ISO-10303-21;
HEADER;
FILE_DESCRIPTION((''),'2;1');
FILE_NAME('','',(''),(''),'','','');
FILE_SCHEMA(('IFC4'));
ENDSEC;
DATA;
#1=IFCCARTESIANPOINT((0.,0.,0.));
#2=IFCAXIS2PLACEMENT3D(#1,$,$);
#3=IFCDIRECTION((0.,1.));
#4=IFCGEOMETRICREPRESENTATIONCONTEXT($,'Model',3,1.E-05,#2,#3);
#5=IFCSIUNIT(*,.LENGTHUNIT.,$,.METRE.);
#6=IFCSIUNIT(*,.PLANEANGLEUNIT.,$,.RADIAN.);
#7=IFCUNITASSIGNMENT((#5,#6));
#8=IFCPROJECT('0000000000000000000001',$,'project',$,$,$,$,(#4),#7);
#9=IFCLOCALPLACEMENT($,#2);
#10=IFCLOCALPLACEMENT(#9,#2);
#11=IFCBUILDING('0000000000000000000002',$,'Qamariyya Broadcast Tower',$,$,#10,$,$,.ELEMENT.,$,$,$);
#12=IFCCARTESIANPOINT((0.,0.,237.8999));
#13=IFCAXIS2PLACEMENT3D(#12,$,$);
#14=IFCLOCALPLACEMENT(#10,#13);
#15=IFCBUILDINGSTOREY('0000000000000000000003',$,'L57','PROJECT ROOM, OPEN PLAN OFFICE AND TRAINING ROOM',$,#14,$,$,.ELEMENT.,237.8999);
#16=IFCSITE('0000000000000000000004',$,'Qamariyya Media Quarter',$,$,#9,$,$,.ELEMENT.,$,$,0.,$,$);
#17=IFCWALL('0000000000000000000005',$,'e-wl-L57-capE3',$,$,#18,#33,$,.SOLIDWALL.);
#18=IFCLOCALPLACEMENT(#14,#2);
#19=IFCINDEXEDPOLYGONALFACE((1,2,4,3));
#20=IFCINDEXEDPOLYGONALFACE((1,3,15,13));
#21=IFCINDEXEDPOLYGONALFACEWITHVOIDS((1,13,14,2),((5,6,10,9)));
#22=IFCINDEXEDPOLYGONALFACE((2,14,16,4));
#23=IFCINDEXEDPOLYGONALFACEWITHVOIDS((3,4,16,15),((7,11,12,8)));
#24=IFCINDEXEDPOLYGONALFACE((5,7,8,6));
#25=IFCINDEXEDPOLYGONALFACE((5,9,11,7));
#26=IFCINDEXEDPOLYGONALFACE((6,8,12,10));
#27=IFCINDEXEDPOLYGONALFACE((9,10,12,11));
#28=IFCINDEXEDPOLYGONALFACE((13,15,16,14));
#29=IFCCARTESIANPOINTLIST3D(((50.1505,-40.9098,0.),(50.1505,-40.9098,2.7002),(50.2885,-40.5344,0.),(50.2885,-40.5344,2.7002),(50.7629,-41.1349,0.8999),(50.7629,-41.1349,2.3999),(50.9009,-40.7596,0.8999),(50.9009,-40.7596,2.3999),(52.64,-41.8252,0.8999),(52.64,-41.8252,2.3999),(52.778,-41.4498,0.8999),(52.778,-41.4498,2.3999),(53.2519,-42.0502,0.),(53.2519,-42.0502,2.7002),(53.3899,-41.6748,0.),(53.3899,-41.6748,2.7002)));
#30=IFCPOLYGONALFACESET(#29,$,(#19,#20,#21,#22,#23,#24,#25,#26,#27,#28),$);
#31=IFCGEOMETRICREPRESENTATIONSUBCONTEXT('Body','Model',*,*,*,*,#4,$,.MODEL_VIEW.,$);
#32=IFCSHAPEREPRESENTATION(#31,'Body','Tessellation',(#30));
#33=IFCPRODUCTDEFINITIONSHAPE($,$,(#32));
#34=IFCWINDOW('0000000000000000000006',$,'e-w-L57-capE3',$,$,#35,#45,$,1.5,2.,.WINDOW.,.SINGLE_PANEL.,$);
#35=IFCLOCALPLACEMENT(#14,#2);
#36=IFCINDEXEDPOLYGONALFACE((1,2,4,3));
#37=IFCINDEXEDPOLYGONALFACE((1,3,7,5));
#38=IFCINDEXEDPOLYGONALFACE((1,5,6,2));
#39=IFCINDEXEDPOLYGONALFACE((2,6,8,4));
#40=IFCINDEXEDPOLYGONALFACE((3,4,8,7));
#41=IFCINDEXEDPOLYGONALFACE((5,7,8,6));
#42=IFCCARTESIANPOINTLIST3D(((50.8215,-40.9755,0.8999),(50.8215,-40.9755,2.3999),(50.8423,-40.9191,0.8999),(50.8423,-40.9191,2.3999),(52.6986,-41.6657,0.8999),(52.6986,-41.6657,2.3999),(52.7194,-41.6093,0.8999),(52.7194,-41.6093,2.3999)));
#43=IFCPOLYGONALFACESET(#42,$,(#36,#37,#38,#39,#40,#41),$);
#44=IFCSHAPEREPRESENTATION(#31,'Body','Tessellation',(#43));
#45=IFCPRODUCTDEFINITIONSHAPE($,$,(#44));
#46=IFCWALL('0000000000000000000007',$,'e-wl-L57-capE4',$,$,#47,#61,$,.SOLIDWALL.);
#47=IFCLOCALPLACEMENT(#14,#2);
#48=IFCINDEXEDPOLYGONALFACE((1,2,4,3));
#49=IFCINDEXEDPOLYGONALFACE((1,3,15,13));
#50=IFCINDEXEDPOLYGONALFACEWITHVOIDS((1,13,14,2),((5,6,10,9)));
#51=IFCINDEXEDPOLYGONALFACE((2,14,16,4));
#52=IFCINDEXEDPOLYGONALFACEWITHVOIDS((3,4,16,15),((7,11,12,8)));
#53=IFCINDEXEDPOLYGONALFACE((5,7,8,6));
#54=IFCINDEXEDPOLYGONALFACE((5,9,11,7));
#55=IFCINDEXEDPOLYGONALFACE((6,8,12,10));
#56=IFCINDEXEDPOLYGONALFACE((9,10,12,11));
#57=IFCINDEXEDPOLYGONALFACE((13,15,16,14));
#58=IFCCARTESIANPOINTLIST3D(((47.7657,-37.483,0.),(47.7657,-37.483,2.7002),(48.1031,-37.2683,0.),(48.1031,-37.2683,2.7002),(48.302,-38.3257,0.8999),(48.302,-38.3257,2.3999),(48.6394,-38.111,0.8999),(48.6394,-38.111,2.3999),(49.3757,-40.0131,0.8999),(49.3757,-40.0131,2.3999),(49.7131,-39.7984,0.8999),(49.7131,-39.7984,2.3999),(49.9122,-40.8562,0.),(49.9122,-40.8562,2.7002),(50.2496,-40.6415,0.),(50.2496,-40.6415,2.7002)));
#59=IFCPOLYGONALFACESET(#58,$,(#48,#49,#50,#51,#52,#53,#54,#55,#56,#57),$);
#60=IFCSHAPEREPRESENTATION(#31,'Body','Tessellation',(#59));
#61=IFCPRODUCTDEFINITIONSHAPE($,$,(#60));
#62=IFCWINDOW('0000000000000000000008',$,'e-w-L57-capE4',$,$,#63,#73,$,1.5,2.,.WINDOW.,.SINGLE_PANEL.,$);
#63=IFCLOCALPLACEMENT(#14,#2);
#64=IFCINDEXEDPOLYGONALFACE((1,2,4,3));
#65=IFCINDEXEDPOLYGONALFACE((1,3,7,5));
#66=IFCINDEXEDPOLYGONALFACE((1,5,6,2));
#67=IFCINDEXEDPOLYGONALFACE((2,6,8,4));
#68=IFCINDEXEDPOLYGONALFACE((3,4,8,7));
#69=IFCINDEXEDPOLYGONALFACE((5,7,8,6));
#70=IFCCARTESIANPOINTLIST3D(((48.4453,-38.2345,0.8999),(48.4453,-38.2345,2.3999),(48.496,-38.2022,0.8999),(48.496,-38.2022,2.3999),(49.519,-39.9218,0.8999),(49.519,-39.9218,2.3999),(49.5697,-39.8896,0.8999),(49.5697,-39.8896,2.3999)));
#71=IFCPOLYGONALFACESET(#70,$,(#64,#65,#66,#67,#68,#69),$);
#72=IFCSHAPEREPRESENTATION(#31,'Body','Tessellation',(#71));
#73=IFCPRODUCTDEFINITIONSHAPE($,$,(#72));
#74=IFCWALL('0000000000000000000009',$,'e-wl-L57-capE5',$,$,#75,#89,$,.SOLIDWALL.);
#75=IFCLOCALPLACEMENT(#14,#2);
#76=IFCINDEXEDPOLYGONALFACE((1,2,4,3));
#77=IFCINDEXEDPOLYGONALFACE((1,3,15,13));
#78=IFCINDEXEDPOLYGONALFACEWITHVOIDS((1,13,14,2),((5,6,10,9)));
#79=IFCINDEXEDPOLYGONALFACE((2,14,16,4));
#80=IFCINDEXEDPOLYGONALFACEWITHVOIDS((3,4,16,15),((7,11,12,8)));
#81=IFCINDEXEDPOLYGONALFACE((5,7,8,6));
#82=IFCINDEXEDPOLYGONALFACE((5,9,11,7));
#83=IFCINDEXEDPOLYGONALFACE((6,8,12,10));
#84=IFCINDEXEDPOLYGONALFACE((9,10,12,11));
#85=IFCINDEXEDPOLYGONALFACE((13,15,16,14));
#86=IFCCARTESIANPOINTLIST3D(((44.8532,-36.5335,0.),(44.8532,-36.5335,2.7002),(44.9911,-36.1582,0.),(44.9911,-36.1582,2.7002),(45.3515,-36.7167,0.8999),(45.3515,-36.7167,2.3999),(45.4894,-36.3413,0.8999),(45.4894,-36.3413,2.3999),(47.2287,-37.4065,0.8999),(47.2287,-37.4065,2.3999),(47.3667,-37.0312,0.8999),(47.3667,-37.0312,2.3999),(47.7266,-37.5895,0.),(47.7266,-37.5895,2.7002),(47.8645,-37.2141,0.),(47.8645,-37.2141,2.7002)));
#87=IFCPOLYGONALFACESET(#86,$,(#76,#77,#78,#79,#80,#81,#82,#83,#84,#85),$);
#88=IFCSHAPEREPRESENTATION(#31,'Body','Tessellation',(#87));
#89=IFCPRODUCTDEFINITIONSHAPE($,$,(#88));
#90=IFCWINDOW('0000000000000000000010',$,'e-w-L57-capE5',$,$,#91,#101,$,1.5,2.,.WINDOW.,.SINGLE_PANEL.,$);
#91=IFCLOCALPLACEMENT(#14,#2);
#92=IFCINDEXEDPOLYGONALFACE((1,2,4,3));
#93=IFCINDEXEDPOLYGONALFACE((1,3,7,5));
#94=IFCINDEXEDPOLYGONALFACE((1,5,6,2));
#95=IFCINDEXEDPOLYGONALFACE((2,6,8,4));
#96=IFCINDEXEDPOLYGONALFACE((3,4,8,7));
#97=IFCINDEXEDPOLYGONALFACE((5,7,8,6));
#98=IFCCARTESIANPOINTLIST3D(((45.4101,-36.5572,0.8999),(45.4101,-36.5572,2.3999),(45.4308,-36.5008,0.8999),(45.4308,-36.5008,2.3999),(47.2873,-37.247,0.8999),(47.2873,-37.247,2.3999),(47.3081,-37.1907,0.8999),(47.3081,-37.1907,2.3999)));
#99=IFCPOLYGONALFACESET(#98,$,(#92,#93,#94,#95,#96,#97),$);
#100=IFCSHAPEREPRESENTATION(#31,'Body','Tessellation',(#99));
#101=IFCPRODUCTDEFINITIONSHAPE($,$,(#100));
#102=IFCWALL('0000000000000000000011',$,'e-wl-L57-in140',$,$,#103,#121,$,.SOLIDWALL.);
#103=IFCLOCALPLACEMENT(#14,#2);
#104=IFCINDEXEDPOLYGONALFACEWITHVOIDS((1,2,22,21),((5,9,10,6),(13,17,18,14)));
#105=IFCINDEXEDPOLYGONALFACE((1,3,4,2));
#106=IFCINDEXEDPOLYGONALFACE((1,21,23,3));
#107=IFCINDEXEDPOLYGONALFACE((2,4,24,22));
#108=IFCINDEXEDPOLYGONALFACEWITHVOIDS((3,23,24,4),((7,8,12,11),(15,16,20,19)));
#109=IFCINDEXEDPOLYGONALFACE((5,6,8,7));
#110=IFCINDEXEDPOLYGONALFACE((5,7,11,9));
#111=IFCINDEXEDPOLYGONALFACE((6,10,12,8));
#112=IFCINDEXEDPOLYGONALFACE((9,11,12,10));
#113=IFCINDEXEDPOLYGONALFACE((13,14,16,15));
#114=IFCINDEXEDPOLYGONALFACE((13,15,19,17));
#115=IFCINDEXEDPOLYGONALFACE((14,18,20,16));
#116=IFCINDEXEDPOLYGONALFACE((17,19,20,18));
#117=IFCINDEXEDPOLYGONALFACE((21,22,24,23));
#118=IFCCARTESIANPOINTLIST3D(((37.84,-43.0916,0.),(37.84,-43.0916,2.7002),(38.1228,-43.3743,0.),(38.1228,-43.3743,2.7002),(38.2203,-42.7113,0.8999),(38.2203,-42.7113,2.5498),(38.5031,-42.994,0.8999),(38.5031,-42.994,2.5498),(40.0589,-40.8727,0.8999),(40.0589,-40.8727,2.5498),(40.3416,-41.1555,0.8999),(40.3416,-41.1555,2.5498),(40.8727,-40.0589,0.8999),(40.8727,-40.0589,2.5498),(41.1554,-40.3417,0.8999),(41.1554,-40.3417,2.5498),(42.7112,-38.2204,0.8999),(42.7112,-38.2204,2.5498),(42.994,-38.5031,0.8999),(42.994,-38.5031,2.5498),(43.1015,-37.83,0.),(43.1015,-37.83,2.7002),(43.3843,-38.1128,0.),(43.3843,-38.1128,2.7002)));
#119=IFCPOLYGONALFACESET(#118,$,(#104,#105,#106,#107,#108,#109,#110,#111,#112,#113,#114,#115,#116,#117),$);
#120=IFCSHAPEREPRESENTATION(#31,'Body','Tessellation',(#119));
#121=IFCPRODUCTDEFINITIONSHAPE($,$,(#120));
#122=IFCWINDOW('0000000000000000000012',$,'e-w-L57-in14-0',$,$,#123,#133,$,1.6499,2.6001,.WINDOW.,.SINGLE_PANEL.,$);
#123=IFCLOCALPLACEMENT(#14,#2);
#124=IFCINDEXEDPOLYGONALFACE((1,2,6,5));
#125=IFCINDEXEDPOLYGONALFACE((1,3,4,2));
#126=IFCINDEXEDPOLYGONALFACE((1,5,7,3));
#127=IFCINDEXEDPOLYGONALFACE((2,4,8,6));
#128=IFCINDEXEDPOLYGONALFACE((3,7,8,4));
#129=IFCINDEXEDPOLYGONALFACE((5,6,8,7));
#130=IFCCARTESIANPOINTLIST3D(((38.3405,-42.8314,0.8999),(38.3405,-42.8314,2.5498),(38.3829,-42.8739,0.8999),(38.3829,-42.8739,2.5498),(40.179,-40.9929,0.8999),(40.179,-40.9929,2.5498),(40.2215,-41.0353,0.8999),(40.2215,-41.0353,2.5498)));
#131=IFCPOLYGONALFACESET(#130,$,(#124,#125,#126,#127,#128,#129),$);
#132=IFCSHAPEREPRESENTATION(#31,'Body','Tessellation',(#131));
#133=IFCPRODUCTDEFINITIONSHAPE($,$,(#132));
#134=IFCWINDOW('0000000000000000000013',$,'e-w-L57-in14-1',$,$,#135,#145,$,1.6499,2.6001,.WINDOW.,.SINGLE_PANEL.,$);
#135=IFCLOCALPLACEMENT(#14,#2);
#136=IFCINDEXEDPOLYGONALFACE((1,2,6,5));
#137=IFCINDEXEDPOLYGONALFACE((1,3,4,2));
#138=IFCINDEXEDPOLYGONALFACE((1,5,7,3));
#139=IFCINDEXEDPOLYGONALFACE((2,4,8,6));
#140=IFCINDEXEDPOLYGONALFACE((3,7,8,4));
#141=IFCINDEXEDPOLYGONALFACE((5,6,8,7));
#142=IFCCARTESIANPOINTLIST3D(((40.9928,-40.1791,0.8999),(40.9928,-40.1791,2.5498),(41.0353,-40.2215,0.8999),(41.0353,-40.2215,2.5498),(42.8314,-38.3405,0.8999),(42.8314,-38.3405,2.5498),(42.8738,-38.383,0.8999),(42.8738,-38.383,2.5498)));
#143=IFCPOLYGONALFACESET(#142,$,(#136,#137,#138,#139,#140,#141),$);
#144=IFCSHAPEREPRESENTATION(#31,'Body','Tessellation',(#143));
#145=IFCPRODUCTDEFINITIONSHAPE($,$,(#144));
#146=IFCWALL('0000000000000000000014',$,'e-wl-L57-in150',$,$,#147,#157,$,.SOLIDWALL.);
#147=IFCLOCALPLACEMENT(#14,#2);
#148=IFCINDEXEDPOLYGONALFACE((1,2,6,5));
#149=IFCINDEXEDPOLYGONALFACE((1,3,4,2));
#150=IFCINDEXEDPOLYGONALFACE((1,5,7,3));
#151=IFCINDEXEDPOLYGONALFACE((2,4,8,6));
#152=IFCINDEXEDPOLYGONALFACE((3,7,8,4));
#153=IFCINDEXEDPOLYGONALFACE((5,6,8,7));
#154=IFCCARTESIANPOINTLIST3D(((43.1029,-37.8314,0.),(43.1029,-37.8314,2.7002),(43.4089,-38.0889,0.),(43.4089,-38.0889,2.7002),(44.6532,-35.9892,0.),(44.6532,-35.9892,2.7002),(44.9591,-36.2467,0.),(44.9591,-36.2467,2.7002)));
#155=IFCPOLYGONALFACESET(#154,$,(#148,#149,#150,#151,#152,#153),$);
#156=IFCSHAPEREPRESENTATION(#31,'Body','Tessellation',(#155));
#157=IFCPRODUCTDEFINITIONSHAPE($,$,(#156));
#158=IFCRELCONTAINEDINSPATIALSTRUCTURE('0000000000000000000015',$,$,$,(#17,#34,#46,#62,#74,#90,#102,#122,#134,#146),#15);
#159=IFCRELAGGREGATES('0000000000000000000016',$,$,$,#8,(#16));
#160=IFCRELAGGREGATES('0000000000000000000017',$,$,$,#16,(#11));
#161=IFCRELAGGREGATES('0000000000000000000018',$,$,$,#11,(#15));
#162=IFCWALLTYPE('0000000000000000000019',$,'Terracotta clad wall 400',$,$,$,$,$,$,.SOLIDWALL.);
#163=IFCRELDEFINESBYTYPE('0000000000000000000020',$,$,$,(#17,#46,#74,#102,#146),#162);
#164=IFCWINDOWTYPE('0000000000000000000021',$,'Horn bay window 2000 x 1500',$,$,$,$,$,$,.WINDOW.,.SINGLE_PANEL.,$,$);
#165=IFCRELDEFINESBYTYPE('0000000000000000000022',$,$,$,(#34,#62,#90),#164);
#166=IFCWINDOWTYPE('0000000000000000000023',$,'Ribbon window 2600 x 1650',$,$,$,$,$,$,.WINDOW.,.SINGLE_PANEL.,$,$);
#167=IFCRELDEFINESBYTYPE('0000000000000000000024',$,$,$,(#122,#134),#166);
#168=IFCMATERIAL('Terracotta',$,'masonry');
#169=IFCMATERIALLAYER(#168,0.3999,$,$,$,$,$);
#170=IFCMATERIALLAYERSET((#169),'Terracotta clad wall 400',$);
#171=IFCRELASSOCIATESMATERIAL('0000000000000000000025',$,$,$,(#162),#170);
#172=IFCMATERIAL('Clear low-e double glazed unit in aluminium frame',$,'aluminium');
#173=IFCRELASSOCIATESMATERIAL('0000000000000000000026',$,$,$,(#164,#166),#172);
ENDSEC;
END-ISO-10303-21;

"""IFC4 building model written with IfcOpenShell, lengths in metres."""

from ifc_helpers import new_model, si_unit, direction, frame, frame_2d, origin, place, context, subcontext, project, spatial, rectangle, extrude, material, layer, layer_set, type_object, element, fill, save


model = new_model("IFC4")

# Units and contexts
model_context = context("Model", 3, precision=1e-05, world=origin(), true_north=direction((0.0, 1.0)))
body_context = subcontext(model_context, "Body", "Model", "MODEL_VIEW")
ifc_project = project(units=[si_unit("LENGTHUNIT", "METRE"), si_unit("PLANEANGLEUNIT", "RADIAN")], contexts=[model_context])

# Site, building, storey
site_placement = place(None, origin())
site = spatial("IfcSite", under=ifc_project, at=site_placement, Name="Qamariyya Media Quarter", CompositionType="ELEMENT", RefElevation=0.0)
building_placement = place(site_placement, origin())
building = spatial("IfcBuilding", under=site, at=building_placement, Name="Qamariyya Broadcast Tower", CompositionType="ELEMENT")
storey_placement = place(building_placement, frame((0.0, 0.0, 237.8999)))
storey = spatial("IfcBuildingStorey", under=building, at=storey_placement, Name="L57", Description="PROJECT ROOM, OPEN PLAN OFFICE AND TRAINING ROOM", CompositionType="ELEMENT", Elevation=237.8999)

# Walls, openings, windows
ifc_material_1 = material(Name="Terracotta", Category="masonry")
ifc_layer = layer(ifc_material_1, 0.3999)
ifc_layer_set = layer_set([ifc_layer], Name="Terracotta clad wall 400")
wall_type = type_object("IfcWallType", Name="Terracotta clad wall 400", PredefinedType="SOLIDWALL", material=ifc_layer_set)
ifc_material_2 = material(Name="Clear low-e double glazed unit in aluminium frame", Category="aluminium")
window_type_1 = type_object("IfcWindowType", Name="Horn bay window 2000 x 1500", PartitioningType="SINGLE_PANEL", PredefinedType="WINDOW", material=ifc_material_2)
wall_1_placement = place(storey_placement, frame((53.321, -41.8625, 0.0), z_axis=(0.0, 0.0, 1.0), x_axis=(-0.93856, 0.345116, 0.0)))
wall_1 = element("IfcWall", 1, at=wall_1_placement, inside=storey, type_object=wall_type, Name="e-wl-L57-capE3", PredefinedType="SOLIDWALL", context=body_context, shape_type="SweptSolid", body=[
    extrude(rectangle(XDim=3.3044, YDim=0.3999, at=frame_2d((1.6523, 0.0))), origin(), (0.0, 0.0, 1.0), 2.7002),
])
opening_1_placement = place(wall_1_placement, frame((0.6521, 0.0, 0.8999)))
opening_1 = element("IfcOpeningElement", 2, at=opening_1_placement, cuts=wall_1, PredefinedType="OPENING", context=body_context, shape_type="SweptSolid", body=[
    extrude(rectangle(XDim=2.0, YDim=1.5, at=frame_2d((1.0, 0.75))), frame((0.0, 0.21, 0.0), z_axis=(0.0, -1.0, 0.0), x_axis=(1.0, 0.0, 0.0)), (0.0, 0.0, 1.0), 0.4199),
])
window_1_placement = place(opening_1_placement, origin())
window_1 = element("IfcWindow", 3, at=window_1_placement, inside=storey, type_object=window_type_1, Name="e-w-L57-capE3", OverallHeight=1.5, OverallWidth=2.0, PartitioningType="SINGLE_PANEL", PredefinedType="WINDOW", context=body_context, shape_type="SweptSolid", body=[
    extrude(rectangle(XDim=2.0, YDim=1.5, at=frame_2d((1.0, 0.75))), frame((0.0, 0.03, 0.0), z_axis=(0.0, -1.0, 0.0), x_axis=(1.0, 0.0, 0.0)), (0.0, 0.0, 1.0), 0.0601),
])
fill(opening_1, window_1)
wall_2_placement = place(storey_placement, frame((50.0808, -40.7488, 0.0), z_axis=(0.0, 0.0, 1.0), x_axis=(-0.536848, 0.843679, 0.0)))
wall_2 = element("IfcWall", 4, at=wall_2_placement, inside=storey, type_object=wall_type, Name="e-wl-L57-capE4", PredefinedType="SOLIDWALL", context=body_context, shape_type="SweptSolid", body=[
    extrude(rectangle(XDim=3.9983, YDim=0.3999, at=frame_2d((1.999, 0.0))), origin(), (0.0, 0.0, 1.0), 2.7002),
])
opening_2_placement = place(wall_2_placement, frame((0.9993, 0.0, 0.8999)))
opening_2 = element("IfcOpeningElement", 5, at=opening_2_placement, cuts=wall_2, PredefinedType="OPENING", context=body_context, shape_type="SweptSolid", body=[
    extrude(rectangle(XDim=2.0, YDim=1.5, at=frame_2d((1.0, 0.75))), frame((0.0, 0.21, 0.0), z_axis=(0.0, -1.0, 0.0), x_axis=(1.0, 0.0, 0.0)), (0.0, 0.0, 1.0), 0.4199),
])
window_2_placement = place(opening_2_placement, origin())
window_2 = element("IfcWindow", 6, at=window_2_placement, inside=storey, type_object=window_type_1, Name="e-w-L57-capE4", OverallHeight=1.5, OverallWidth=2.0, PartitioningType="SINGLE_PANEL", PredefinedType="WINDOW", context=body_context, shape_type="SweptSolid", body=[
    extrude(rectangle(XDim=2.0, YDim=1.5, at=frame_2d((1.0, 0.75))), frame((0.0, 0.03, 0.0), z_axis=(0.0, -1.0, 0.0), x_axis=(1.0, 0.0, 0.0)), (0.0, 0.0, 1.0), 0.0601),
])
fill(opening_2, window_2)
wall_3_placement = place(storey_placement, frame((47.7957, -37.4019, 0.0), z_axis=(0.0, 0.0, 1.0), x_axis=(-0.938626, 0.344936, 0.0)))
wall_3 = element("IfcWall", 7, at=wall_3_placement, inside=storey, type_object=wall_type, Name="e-wl-L57-capE5", PredefinedType="SOLIDWALL", context=body_context, shape_type="SweptSolid", body=[
    extrude(rectangle(XDim=3.0613, YDim=0.3999, at=frame_2d((1.5308, 0.0))), origin(), (0.0, 0.0, 1.0), 2.7002),
])
opening_3_placement = place(wall_3_placement, frame((0.5305, 0.0, 0.8999)))
opening_3 = element("IfcOpeningElement", 8, at=opening_3_placement, cuts=wall_3, PredefinedType="OPENING", context=body_context, shape_type="SweptSolid", body=[
    extrude(rectangle(XDim=2.0, YDim=1.5, at=frame_2d((1.0, 0.75))), frame((0.0, 0.21, 0.0), z_axis=(0.0, -1.0, 0.0), x_axis=(1.0, 0.0, 0.0)), (0.0, 0.0, 1.0), 0.4199),
])
window_3_placement = place(opening_3_placement, origin())
window_3 = element("IfcWindow", 9, at=window_3_placement, inside=storey, type_object=window_type_1, Name="e-w-L57-capE5", OverallHeight=1.5, OverallWidth=2.0, PartitioningType="SINGLE_PANEL", PredefinedType="WINDOW", context=body_context, shape_type="SweptSolid", body=[
    extrude(rectangle(XDim=2.0, YDim=1.5, at=frame_2d((1.0, 0.75))), frame((0.0, 0.03, 0.0), z_axis=(0.0, -1.0, 0.0), x_axis=(1.0, 0.0, 0.0)), (0.0, 0.0, 1.0), 0.0601),
])
fill(opening_3, window_3)

# Wall, openings, windows
wall_4_placement = place(storey_placement, frame((43.2429, -37.9714, 0.0), z_axis=(0.0, 0.0, 1.0), x_axis=(-0.707107, -0.707107, 0.0)))
wall_4 = element("IfcWall", 10, at=wall_4_placement, inside=storey, type_object=wall_type, Name="e-wl-L57-in140", PredefinedType="SOLIDWALL", context=body_context, shape_type="SweptSolid", body=[
    extrude(rectangle(XDim=7.4409, YDim=0.3999, at=frame_2d((3.7205, 0.0))), origin(), (0.0, 0.0, 1.0), 2.7002),
])
opening_4_placement = place(wall_4_placement, frame((4.303, 0.0, 0.8999)))
opening_4 = element("IfcOpeningElement", 11, at=opening_4_placement, cuts=wall_4, PredefinedType="OPENING", context=body_context, shape_type="SweptSolid", body=[
    extrude(rectangle(XDim=2.6001, YDim=1.6499, at=frame_2d((1.3, 0.825))), frame((0.0, 0.21, 0.0), z_axis=(0.0, -1.0, 0.0), x_axis=(1.0, 0.0, 0.0)), (0.0, 0.0, 1.0), 0.4199),
])
opening_5_placement = place(wall_4_placement, frame((0.552, 0.0, 0.8999)))
opening_5 = element("IfcOpeningElement", 12, at=opening_5_placement, cuts=wall_4, PredefinedType="OPENING", context=body_context, shape_type="SweptSolid", body=[
    extrude(rectangle(XDim=2.6001, YDim=1.6499, at=frame_2d((1.3, 0.825))), frame((0.0, 0.21, 0.0), z_axis=(0.0, -1.0, 0.0), x_axis=(1.0, 0.0, 0.0)), (0.0, 0.0, 1.0), 0.4199),
])
window_type_2 = type_object("IfcWindowType", Name="Ribbon window 2600 x 1650", PartitioningType="SINGLE_PANEL", PredefinedType="WINDOW", material=ifc_material_2)
window_4_placement = place(opening_4_placement, origin())
window_4 = element("IfcWindow", 13, at=window_4_placement, inside=storey, type_object=window_type_2, Name="e-w-L57-in14-0", OverallHeight=1.6499, OverallWidth=2.6001, PartitioningType="SINGLE_PANEL", PredefinedType="WINDOW", context=body_context, shape_type="SweptSolid", body=[
    extrude(rectangle(XDim=2.6001, YDim=1.6499, at=frame_2d((1.3, 0.825))), frame((0.0, 0.03, 0.0), z_axis=(0.0, -1.0, 0.0), x_axis=(1.0, 0.0, 0.0)), (0.0, 0.0, 1.0), 0.0601),
])
fill(opening_4, window_4)
window_5_placement = place(opening_5_placement, origin())
window_5 = element("IfcWindow", 14, at=window_5_placement, inside=storey, type_object=window_type_2, Name="e-w-L57-in14-1", OverallHeight=1.6499, OverallWidth=2.6001, PartitioningType="SINGLE_PANEL", PredefinedType="WINDOW", context=body_context, shape_type="SweptSolid", body=[
    extrude(rectangle(XDim=2.6001, YDim=1.6499, at=frame_2d((1.3, 0.825))), frame((0.0, 0.03, 0.0), z_axis=(0.0, -1.0, 0.0), x_axis=(1.0, 0.0, 0.0)), (0.0, 0.0, 1.0), 0.0601),
])
fill(opening_5, window_5)

# Wall
wall_5_placement = place(storey_placement, frame((44.8062, -36.1179, 0.0), z_axis=(0.0, 0.0, 1.0), x_axis=(-0.643867, -0.765137, 0.0)))
element("IfcWall", 15, at=wall_5_placement, inside=storey, type_object=wall_type, Name="e-wl-L57-in150", PredefinedType="SOLIDWALL", context=body_context, shape_type="SweptSolid", body=[
    extrude(rectangle(XDim=2.4077, YDim=0.3999, at=frame_2d((1.2039, 0.0))), origin(), (0.0, 0.0, 1.0), 2.7002),
])

save(model, "model.ifc")
